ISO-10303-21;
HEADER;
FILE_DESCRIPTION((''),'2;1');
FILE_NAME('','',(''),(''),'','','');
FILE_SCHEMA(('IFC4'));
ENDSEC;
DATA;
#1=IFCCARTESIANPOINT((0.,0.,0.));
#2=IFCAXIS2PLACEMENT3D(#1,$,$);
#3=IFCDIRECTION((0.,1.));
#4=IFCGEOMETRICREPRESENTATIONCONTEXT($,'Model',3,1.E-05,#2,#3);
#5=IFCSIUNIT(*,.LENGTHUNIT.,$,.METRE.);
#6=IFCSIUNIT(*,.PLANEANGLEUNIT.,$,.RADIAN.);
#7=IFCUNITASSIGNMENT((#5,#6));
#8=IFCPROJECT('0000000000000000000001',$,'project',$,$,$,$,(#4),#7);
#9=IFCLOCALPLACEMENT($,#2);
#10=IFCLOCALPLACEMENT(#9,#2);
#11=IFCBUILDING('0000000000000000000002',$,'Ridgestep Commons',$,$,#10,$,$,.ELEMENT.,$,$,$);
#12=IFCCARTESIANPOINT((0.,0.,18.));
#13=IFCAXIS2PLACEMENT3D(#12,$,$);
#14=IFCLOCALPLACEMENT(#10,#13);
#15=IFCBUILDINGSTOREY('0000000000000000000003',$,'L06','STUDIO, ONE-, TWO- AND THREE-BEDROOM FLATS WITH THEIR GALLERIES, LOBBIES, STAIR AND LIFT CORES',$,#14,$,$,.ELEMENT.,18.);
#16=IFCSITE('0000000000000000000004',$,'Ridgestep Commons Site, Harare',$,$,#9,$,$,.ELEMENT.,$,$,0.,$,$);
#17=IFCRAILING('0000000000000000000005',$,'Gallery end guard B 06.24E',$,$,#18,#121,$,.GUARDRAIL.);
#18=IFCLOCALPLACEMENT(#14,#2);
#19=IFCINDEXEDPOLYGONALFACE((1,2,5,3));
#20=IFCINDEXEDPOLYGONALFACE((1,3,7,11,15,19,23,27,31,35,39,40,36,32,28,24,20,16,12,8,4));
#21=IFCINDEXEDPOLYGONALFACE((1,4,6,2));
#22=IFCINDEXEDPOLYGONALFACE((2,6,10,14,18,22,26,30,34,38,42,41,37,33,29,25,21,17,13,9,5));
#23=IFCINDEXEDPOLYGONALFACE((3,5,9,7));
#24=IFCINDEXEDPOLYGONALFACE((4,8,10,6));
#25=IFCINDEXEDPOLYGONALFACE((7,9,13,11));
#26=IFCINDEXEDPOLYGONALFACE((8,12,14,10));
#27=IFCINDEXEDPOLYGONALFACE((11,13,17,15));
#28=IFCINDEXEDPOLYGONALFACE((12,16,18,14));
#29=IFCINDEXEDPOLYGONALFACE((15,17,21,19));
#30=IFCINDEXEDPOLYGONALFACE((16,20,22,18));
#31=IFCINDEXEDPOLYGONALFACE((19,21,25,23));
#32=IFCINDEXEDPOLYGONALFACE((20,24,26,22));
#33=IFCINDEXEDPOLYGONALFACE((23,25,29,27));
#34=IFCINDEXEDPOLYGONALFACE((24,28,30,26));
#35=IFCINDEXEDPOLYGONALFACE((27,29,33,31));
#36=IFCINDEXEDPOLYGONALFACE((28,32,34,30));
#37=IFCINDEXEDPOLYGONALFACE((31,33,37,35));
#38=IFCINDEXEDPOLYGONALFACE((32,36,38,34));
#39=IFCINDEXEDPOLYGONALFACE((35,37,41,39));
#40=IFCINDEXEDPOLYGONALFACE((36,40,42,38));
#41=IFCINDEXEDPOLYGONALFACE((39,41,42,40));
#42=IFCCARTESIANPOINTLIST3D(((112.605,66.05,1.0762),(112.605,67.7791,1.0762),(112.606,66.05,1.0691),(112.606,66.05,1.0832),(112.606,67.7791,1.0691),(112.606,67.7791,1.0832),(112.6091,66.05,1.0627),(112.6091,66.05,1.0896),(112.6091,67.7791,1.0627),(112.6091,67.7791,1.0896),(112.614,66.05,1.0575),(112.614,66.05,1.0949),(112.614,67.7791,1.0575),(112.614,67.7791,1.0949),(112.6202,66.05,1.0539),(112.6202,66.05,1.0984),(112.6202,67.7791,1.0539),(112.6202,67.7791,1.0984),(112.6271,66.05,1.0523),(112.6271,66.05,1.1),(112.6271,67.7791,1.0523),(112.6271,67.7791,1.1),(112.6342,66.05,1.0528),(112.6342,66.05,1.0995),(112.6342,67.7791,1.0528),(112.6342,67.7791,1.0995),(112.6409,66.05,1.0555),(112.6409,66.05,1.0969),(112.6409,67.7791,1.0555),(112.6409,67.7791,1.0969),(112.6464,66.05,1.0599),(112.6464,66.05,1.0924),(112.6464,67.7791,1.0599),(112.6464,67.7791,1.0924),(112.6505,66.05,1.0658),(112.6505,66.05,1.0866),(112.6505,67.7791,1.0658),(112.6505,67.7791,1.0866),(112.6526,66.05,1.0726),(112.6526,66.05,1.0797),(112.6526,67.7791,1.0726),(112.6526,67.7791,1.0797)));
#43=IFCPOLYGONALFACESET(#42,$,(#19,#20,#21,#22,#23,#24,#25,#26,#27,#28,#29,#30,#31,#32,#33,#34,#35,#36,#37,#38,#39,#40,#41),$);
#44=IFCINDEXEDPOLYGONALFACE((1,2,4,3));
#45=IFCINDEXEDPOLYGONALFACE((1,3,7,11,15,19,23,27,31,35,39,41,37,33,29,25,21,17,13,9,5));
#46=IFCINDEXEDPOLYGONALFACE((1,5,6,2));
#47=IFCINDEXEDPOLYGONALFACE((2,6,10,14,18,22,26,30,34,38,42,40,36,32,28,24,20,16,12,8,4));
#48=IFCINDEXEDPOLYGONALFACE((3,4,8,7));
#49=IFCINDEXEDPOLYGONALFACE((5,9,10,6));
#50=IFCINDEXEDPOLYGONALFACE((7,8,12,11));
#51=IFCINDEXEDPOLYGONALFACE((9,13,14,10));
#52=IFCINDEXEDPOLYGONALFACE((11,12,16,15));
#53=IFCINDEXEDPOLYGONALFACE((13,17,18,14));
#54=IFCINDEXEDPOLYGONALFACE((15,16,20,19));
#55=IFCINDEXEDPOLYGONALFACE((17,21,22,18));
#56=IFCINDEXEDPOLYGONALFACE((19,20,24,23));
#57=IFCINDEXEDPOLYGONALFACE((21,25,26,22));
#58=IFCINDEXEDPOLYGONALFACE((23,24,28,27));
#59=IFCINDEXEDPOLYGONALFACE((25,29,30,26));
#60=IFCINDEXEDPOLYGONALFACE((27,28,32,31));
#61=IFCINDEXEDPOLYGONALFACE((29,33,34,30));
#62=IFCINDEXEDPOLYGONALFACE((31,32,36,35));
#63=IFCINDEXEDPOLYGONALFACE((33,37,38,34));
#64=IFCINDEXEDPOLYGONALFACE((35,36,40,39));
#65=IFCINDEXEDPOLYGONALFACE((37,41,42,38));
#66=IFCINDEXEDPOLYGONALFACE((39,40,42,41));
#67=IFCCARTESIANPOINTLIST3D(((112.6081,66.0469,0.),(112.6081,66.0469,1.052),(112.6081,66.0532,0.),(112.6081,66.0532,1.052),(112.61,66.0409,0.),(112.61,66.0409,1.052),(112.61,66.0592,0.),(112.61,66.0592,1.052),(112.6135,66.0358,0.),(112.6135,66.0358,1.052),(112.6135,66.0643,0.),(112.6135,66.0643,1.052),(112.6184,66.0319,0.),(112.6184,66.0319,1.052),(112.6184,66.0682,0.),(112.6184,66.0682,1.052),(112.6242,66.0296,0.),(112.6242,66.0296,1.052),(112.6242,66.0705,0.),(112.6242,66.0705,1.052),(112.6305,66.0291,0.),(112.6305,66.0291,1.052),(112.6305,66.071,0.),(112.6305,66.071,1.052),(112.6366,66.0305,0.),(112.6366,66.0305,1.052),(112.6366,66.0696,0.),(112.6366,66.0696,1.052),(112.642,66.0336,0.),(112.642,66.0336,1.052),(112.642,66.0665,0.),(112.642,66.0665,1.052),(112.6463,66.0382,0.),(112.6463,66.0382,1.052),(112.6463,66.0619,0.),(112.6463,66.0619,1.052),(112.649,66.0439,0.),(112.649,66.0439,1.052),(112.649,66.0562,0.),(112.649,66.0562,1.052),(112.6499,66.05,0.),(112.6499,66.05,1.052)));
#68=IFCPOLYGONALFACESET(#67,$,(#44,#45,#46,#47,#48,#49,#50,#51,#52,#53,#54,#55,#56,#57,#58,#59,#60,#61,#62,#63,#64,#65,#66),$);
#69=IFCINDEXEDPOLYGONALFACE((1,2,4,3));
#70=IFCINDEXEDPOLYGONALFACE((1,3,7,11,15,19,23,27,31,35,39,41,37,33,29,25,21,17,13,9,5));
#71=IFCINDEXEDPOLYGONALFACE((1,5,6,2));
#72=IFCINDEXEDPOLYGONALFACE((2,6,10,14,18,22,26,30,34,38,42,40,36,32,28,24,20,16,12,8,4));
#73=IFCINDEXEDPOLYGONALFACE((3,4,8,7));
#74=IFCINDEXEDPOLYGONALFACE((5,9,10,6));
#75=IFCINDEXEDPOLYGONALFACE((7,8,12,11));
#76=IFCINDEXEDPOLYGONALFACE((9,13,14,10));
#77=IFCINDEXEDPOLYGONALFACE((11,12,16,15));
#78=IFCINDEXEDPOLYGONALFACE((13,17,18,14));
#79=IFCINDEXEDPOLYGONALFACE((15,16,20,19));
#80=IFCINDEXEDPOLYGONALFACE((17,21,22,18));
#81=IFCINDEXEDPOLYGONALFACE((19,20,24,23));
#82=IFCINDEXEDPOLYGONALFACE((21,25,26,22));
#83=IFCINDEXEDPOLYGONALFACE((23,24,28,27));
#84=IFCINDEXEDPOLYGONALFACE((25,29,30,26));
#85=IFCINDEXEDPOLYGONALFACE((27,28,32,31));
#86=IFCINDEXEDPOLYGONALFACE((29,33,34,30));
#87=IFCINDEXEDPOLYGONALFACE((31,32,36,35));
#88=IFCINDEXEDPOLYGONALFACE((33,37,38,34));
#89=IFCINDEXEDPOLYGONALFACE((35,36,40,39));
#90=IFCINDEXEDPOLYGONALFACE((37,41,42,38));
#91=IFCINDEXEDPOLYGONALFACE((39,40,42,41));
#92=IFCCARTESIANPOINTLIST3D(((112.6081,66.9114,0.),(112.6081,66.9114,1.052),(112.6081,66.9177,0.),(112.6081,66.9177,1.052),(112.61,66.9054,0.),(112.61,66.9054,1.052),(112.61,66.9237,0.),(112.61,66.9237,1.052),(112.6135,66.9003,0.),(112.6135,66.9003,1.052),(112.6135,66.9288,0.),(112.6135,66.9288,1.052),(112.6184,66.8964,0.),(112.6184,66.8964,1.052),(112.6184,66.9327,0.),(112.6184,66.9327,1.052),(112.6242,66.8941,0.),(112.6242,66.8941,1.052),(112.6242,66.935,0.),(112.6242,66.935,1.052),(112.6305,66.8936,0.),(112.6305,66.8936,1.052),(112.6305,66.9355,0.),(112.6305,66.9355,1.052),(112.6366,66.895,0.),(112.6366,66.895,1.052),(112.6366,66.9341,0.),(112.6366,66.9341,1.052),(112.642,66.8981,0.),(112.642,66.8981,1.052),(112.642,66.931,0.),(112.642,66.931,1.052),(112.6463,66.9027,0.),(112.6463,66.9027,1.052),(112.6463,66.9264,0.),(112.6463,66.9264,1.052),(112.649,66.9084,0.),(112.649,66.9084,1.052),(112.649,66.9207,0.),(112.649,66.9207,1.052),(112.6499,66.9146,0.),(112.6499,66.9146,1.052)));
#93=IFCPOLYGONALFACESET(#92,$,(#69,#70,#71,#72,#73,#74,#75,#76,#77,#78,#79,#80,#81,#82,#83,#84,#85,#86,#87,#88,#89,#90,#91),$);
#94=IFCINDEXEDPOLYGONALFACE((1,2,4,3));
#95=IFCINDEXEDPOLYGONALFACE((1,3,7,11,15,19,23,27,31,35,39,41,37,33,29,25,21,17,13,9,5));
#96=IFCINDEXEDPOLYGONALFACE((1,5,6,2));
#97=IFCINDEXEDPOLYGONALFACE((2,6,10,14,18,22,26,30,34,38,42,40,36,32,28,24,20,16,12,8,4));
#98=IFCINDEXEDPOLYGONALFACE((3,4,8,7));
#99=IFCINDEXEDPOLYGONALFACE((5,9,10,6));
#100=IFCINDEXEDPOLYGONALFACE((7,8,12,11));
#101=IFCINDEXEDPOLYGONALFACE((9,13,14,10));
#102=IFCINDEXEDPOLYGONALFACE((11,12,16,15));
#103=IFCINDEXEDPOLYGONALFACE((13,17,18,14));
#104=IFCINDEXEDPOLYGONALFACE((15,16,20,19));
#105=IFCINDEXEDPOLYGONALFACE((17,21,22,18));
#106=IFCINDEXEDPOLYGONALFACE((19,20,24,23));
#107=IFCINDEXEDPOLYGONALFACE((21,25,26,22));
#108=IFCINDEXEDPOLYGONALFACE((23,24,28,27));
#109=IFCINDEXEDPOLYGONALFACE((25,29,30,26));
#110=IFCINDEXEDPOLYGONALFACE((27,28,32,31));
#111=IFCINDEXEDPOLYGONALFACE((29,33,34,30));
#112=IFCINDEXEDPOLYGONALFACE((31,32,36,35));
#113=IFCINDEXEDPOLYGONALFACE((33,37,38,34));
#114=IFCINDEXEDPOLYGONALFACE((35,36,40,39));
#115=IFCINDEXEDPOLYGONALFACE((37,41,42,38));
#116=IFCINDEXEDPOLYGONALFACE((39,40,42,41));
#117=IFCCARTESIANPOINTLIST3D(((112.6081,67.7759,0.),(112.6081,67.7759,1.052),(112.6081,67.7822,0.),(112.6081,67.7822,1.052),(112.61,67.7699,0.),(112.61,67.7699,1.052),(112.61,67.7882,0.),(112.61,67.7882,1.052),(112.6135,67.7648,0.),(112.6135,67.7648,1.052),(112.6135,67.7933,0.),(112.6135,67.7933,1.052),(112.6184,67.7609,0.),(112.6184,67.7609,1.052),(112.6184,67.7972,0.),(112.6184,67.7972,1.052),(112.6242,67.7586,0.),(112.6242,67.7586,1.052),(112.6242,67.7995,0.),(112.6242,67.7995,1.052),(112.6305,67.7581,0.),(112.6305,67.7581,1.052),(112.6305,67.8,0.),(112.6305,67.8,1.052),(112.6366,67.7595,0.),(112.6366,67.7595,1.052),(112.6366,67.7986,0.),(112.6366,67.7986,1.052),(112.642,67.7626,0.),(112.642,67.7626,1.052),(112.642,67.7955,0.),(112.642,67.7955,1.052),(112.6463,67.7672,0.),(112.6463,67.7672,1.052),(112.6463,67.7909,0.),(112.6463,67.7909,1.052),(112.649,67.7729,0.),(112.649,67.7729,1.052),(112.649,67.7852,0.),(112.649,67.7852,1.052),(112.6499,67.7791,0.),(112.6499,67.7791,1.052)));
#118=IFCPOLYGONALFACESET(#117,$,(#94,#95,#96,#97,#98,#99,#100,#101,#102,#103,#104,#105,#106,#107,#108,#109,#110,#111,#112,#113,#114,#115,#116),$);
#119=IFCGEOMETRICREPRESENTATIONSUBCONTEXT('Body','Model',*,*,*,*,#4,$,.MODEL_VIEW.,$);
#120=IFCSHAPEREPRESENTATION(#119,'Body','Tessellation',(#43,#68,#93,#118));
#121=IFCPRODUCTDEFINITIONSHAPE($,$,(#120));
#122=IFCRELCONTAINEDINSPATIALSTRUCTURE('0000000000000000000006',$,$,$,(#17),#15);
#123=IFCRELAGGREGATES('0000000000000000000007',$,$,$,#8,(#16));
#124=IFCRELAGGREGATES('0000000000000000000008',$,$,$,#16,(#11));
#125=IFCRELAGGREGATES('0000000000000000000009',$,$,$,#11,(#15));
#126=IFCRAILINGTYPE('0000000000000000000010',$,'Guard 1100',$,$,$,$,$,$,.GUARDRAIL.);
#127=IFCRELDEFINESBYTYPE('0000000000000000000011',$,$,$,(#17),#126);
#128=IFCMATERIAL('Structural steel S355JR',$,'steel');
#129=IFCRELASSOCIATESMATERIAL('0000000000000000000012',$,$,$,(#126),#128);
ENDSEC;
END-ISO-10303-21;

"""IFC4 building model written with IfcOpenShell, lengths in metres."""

from ifc_helpers import new_model, si_unit, direction, frame, origin, origin_2d, place, context, subcontext, project, spatial, circle, extrude, material, type_object, element, save


model = new_model("IFC4")

# Units and contexts
model_context = context("Model", 3, precision=1e-05, world=origin(), true_north=direction((0.0, 1.0)))
body_context = subcontext(model_context, "Body", "Model", "MODEL_VIEW")
ifc_project = project(units=[si_unit("LENGTHUNIT", "METRE"), si_unit("PLANEANGLEUNIT", "RADIAN")], contexts=[model_context])

# Site, building, storey
site_placement = place(None, origin())
site = spatial("IfcSite", under=ifc_project, at=site_placement, Name="Ridgestep Commons Site, Harare", CompositionType="ELEMENT", RefElevation=0.0)
building_placement = place(site_placement, origin())
building = spatial("IfcBuilding", under=site, at=building_placement, Name="Ridgestep Commons", CompositionType="ELEMENT")
storey_placement = place(building_placement, frame((0.0, 0.0, 18.0)))
storey = spatial("IfcBuildingStorey", under=building, at=storey_placement, Name="L06", Description="STUDIO, ONE-, TWO- AND THREE-BEDROOM FLATS WITH THEIR GALLERIES, LOBBIES, STAIR AND LIFT CORES", CompositionType="ELEMENT", Elevation=18.0)

# Railing
ifc_material_1 = material(Name="Structural steel S355JR", Category="steel")
railing_type = type_object("IfcRailingType", Name="Guard 1100", PredefinedType="GUARDRAIL", material=ifc_material_1)
railing_1_placement = place(storey_placement, frame((112.6289, 66.05, 0.0)))
element("IfcRailing", 1, at=railing_1_placement, inside=storey, type_object=railing_type, Name="Gallery end guard B 06.24E", PredefinedType="GUARDRAIL", context=body_context, shape_type="SweptSolid", body=[
    extrude(circle(Radius=0.0239, at=origin_2d()), frame((0.0, 0.0, 1.0762), z_axis=(0.0, 1.0, 0.0), x_axis=(-1.0, 0.0, 0.0)), (0.0, 0.0, 1.0), 1.729),
    extrude(circle(Radius=0.021, at=origin_2d()), origin(), (0.0, 0.0, 1.0), 1.052),
    extrude(circle(Radius=0.021, at=origin_2d()), frame((0.0, 0.8645, 0.0)), (0.0, 0.0, 1.0), 1.052),
    extrude(circle(Radius=0.021, at=origin_2d()), frame((0.0, 1.729, 0.0)), (0.0, 0.0, 1.0), 1.052),
])

save(model, "model.ifc")
